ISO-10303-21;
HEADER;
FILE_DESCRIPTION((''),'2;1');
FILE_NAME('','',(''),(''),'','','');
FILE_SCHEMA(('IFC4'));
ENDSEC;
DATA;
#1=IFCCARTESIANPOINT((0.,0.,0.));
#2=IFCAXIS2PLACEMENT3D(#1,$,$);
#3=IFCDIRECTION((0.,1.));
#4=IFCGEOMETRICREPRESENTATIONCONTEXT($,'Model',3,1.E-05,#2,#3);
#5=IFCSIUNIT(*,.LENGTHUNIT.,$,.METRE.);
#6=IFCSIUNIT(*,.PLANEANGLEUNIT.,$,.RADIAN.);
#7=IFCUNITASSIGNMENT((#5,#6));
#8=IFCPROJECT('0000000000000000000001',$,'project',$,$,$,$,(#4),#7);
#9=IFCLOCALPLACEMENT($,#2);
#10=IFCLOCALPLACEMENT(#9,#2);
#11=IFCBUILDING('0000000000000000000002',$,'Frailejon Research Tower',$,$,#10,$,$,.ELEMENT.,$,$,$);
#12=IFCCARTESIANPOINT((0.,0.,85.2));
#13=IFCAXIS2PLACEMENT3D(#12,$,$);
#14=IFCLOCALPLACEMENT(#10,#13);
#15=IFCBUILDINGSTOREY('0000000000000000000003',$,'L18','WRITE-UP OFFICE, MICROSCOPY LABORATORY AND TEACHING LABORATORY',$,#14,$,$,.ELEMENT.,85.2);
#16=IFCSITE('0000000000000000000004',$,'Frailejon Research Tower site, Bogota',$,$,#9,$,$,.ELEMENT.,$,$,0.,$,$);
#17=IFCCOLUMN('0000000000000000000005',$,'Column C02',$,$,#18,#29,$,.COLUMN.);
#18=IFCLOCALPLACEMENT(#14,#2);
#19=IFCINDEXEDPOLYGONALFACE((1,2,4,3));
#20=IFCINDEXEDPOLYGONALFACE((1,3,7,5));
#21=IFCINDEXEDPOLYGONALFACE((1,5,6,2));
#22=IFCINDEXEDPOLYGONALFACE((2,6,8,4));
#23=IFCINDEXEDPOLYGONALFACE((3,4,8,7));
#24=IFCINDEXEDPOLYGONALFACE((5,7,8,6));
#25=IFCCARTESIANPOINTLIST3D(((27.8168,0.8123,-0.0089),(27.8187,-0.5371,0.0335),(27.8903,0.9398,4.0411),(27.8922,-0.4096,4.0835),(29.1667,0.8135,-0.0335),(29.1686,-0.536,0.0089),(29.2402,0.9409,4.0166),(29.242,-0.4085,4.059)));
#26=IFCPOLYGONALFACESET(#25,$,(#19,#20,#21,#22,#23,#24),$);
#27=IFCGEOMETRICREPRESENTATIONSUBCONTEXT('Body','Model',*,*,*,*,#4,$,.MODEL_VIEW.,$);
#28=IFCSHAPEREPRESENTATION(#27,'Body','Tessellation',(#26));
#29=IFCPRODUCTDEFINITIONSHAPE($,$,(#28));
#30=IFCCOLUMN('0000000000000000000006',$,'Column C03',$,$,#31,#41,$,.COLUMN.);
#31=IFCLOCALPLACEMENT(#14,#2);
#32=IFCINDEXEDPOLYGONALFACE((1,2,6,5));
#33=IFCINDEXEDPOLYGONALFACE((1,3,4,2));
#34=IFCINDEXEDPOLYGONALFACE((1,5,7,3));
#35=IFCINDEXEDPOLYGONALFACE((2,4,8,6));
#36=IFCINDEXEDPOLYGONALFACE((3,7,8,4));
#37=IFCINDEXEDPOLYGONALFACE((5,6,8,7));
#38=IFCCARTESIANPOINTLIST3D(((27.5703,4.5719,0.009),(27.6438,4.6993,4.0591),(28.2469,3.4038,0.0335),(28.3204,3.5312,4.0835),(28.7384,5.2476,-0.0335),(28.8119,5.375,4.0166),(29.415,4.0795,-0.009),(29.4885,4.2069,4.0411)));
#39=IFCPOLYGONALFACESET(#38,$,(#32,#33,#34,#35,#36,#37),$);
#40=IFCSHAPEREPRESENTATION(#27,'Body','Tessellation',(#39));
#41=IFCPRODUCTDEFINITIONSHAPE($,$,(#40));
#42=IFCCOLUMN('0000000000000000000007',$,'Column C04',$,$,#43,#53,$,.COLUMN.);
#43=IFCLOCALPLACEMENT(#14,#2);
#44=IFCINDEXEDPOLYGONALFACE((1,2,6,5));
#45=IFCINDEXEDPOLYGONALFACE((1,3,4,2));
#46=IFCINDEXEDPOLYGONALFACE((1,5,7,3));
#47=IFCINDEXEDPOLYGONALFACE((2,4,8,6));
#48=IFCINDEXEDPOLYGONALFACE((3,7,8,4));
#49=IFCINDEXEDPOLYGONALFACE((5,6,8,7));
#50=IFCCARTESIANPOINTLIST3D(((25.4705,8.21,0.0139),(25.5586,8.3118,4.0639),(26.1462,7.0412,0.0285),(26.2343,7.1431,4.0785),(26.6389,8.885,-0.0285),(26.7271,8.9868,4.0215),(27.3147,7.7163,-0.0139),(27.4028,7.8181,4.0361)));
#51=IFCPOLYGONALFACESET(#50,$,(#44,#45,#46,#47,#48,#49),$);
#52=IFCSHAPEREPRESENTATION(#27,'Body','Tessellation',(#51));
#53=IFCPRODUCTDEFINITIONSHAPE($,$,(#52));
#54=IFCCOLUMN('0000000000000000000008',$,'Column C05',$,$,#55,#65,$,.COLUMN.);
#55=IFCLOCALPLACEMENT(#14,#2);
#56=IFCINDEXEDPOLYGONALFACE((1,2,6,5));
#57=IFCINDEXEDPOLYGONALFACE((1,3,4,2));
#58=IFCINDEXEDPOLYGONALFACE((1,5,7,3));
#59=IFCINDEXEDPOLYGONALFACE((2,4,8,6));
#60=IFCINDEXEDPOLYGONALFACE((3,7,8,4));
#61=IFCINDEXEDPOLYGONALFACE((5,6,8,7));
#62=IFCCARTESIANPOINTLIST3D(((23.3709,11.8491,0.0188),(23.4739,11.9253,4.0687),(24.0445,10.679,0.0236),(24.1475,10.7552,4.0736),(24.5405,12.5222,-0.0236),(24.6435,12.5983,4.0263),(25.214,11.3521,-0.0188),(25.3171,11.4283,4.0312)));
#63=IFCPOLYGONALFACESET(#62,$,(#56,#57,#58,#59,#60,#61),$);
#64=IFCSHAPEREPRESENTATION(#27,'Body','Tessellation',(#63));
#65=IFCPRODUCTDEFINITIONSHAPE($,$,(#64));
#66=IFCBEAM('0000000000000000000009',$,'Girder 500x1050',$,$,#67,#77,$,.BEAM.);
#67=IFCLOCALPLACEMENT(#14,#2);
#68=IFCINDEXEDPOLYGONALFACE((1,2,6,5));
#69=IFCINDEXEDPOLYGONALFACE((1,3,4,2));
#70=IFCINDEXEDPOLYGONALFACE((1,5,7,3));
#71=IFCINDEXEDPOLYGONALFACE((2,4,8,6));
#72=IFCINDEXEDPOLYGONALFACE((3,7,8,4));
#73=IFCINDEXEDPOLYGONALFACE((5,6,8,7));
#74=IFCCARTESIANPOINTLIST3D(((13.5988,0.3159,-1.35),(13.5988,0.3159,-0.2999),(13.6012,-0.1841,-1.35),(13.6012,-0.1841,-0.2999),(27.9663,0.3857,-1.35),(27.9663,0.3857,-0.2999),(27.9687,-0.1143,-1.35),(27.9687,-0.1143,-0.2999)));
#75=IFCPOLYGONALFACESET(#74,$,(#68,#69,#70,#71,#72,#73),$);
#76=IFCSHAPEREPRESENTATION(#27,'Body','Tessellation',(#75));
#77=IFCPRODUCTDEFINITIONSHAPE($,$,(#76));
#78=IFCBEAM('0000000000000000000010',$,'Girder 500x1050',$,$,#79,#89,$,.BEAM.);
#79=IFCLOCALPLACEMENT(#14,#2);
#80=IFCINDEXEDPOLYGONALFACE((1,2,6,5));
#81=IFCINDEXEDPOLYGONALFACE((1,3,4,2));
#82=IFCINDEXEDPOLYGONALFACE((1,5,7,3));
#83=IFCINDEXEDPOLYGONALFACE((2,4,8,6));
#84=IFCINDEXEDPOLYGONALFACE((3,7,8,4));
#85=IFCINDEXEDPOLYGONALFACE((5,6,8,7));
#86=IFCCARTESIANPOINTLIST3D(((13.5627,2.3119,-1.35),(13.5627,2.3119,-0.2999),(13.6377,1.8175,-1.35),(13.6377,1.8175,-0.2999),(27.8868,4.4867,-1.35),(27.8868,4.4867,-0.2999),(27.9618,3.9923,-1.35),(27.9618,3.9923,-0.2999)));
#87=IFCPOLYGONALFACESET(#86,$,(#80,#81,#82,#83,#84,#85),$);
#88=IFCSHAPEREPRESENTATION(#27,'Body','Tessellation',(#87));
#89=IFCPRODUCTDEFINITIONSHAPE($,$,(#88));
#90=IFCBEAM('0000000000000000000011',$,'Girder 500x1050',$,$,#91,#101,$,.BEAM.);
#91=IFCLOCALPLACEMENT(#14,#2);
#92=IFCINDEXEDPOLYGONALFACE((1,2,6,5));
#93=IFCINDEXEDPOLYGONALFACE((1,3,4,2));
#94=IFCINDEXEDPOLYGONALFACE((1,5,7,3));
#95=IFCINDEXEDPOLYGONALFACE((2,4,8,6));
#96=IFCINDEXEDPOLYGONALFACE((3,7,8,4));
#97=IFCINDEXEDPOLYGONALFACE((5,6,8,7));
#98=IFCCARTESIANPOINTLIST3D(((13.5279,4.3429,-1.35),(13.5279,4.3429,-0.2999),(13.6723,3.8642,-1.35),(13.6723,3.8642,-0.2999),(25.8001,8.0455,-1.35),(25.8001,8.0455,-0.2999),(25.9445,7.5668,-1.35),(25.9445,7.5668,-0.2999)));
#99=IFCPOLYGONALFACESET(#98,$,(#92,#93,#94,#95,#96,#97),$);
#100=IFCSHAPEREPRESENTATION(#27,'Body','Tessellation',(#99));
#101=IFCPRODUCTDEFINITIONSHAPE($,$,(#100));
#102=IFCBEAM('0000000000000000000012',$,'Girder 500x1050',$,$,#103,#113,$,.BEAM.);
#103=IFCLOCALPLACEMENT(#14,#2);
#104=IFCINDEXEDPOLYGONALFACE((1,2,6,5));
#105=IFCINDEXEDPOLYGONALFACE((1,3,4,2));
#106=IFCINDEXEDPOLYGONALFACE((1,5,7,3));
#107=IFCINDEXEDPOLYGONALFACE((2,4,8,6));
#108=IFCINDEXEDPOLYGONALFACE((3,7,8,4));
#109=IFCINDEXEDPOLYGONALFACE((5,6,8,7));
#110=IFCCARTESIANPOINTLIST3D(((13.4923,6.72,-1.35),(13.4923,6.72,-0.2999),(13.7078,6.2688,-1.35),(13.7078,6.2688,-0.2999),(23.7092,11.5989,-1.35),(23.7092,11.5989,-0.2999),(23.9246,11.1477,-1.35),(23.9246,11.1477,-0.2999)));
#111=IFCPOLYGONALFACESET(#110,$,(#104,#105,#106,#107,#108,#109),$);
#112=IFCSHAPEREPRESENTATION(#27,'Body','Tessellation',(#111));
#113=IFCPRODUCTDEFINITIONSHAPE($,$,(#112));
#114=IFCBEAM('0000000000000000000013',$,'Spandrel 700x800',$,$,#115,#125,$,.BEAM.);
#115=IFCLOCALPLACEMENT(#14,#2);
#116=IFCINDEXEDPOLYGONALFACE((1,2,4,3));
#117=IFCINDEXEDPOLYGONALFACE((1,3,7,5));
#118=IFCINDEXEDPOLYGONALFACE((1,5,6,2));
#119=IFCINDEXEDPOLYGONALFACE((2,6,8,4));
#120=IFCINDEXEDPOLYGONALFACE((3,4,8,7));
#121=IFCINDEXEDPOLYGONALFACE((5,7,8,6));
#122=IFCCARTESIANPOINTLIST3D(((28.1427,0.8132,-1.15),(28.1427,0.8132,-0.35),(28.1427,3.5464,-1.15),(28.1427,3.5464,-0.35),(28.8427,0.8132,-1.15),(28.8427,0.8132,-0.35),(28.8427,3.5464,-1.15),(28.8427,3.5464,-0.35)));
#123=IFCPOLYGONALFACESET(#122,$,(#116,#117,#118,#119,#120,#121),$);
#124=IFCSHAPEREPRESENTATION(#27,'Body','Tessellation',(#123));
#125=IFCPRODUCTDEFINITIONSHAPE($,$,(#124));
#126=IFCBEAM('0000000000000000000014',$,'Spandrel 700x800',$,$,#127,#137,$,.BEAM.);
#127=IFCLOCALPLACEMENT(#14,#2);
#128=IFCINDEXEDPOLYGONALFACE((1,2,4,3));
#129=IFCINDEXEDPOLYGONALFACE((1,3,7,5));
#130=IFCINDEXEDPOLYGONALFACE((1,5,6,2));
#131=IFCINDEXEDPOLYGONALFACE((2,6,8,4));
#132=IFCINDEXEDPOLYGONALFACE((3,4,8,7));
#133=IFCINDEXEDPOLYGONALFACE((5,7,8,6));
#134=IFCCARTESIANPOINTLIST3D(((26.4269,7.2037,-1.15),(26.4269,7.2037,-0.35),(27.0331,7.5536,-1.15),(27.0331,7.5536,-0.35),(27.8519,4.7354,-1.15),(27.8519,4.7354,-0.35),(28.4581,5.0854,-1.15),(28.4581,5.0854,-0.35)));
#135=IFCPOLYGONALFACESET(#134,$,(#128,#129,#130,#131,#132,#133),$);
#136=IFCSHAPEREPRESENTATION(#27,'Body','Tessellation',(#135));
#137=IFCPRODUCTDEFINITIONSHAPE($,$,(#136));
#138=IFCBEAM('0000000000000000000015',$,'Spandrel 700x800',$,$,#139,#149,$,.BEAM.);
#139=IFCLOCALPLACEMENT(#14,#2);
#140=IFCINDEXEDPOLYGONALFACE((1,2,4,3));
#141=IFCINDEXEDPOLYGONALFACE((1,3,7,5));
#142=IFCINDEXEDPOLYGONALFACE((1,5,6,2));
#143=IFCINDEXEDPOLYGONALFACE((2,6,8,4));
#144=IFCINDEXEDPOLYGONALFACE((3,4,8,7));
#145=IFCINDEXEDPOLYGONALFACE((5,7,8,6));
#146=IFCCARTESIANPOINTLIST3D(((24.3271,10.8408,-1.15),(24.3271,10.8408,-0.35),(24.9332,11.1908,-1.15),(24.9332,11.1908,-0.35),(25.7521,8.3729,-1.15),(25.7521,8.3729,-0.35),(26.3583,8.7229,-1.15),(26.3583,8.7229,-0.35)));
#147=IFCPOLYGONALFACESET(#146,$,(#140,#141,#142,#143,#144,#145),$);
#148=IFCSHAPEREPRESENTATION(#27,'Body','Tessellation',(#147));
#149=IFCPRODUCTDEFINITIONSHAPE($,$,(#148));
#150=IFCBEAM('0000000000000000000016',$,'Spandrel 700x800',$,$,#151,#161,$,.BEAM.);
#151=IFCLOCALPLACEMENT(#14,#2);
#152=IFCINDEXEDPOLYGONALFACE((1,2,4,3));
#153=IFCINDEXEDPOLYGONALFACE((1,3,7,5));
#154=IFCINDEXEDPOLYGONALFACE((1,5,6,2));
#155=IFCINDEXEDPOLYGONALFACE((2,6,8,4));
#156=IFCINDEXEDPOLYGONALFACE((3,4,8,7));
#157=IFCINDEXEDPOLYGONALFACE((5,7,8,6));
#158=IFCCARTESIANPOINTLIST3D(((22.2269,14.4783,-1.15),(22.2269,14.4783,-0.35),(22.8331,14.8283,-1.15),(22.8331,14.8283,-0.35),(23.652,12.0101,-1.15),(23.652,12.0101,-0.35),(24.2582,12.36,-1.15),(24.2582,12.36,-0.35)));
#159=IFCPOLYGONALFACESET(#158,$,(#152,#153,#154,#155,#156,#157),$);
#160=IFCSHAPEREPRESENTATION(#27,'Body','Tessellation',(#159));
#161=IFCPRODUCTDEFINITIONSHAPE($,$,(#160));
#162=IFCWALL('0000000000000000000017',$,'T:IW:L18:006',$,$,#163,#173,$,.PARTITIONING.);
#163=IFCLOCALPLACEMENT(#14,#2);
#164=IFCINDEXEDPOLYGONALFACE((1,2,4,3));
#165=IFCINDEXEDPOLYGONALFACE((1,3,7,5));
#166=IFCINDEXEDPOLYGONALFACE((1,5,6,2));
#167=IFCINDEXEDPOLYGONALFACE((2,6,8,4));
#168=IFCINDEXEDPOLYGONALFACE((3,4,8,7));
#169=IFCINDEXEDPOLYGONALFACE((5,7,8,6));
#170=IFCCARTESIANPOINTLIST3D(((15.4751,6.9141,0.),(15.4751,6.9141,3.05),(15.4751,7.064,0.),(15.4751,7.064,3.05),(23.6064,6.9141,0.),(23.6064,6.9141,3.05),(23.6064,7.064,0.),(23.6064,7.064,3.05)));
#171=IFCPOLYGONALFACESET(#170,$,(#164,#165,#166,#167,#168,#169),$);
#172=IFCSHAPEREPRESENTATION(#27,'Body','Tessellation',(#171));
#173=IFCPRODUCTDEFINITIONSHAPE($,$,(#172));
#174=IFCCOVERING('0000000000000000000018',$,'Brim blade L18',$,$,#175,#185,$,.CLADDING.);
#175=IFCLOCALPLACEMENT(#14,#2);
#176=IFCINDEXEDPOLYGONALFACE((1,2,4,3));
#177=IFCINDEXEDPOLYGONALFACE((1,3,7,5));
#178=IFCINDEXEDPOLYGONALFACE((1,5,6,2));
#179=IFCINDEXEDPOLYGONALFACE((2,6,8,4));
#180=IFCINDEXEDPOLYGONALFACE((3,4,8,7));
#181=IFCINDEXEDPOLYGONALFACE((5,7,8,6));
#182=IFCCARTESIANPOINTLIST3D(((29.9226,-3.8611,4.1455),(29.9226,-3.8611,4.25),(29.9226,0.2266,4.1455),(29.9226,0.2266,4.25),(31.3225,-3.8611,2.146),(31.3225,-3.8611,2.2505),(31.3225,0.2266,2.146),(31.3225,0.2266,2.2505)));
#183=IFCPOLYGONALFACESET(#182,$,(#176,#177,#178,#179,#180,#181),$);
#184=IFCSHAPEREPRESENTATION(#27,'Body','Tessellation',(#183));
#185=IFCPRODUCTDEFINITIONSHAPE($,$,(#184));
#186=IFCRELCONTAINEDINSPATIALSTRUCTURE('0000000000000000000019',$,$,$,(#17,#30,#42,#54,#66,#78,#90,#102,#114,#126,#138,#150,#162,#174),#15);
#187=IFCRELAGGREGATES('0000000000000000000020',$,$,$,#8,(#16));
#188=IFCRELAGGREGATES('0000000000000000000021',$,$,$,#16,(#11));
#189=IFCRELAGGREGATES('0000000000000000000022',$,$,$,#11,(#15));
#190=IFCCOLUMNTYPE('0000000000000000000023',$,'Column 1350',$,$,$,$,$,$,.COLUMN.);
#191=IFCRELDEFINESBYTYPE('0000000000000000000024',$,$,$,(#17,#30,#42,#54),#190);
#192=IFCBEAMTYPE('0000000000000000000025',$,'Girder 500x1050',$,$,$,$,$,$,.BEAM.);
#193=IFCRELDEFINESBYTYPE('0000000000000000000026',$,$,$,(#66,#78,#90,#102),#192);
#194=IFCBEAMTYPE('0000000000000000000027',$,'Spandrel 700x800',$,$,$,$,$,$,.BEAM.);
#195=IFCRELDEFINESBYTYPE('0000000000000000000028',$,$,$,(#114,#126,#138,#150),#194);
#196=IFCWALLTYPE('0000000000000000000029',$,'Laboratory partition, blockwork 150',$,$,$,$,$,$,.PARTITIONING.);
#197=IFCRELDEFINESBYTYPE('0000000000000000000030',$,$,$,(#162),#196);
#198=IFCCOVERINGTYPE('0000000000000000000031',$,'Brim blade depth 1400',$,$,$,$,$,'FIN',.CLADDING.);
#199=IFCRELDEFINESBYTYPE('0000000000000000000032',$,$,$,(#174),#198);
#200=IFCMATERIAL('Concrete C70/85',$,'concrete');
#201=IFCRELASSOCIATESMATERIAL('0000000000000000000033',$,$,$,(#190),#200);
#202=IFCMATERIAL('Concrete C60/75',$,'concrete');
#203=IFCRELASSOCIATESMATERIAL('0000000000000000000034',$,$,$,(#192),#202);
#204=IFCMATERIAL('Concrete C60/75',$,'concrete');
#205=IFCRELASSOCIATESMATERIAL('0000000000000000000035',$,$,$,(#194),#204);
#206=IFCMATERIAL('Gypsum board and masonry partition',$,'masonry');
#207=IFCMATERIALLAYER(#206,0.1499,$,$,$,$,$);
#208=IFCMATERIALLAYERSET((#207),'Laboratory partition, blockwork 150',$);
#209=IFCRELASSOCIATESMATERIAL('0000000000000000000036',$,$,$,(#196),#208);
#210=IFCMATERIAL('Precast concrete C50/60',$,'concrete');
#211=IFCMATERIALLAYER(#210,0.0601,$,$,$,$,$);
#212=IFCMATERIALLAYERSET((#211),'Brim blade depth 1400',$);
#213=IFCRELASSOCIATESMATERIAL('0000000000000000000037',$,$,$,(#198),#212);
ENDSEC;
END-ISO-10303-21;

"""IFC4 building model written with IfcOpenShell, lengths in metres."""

from ifc_helpers import new_model, si_unit, direction, frame, frame_2d, origin, origin_2d, place, context, subcontext, project, spatial, polyline, rectangle, outline, extrude, material, layer, layer_set, material_profile, profile_set, type_object, element, save


model = new_model("IFC4")

# Units and contexts
model_context = context("Model", 3, precision=1e-05, world=origin(), true_north=direction((0.0, 1.0)))
body_context = subcontext(model_context, "Body", "Model", "MODEL_VIEW")
ifc_project = project(units=[si_unit("LENGTHUNIT", "METRE"), si_unit("PLANEANGLEUNIT", "RADIAN")], contexts=[model_context])

# Site, building, storey
site_placement = place(None, origin())
site = spatial("IfcSite", under=ifc_project, at=site_placement, Name="Frailejon Research Tower site, Bogota", CompositionType="ELEMENT", RefElevation=0.0)
building_placement = place(site_placement, origin())
building = spatial("IfcBuilding", under=site, at=building_placement, Name="Frailejon Research Tower", CompositionType="ELEMENT")
storey_placement = place(building_placement, frame((0.0, 0.0, 85.2)))
storey = spatial("IfcBuildingStorey", under=building, at=storey_placement, Name="L18", Description="WRITE-UP OFFICE, MICROSCOPY LABORATORY AND TEACHING LABORATORY", CompositionType="ELEMENT", Elevation=85.2)

# Columns
ifc_material_1 = material(Name="Concrete C70/85", Category="concrete")
ifc_material_profile_1 = material_profile(ifc_material_1, rectangle(XDim=1.3501, YDim=1.3501, at=origin_2d()), Name="Column 1350")
ifc_profile_set_1 = profile_set([ifc_material_profile_1], Name="Concrete C70/85")
column_type = type_object("IfcColumnType", Name="Column 1350", PredefinedType="COLUMN", material=ifc_profile_set_1)
for number, where, z_axis, x_axis, name in (
    (1, (28.4927, 0.1382, 0.0), (0.018133, 0.031446, 0.999341), (-0.001396, 0.999505, -0.031426), "Column C02"),
    (2, (28.4927, 4.3257, 0.0), (0.018133, 0.031446, 0.999341), (-0.501126, 0.865184, -0.018132), "Column C03"),
):
    element("IfcColumn", number, at=place(storey_placement, frame(where, z_axis=z_axis, x_axis=x_axis)), inside=storey, type_object=column_type, Name=name, PredefinedType="COLUMN", context=body_context, shape_type="SweptSolid", body=[
        extrude(rectangle(XDim=1.3501, YDim=1.3501, at=origin_2d()), origin(), (0.0, 0.0, 1.0), 4.0527),
    ])
column_1_placement = place(storey_placement, frame((26.3926, 7.9631, 0.0), z_axis=(0.021749, 0.025123, 0.999448), x_axis=(-0.500502, 0.865667, -0.010869)))
element("IfcColumn", 3, at=column_1_placement, inside=storey, type_object=column_type, Name="Column C04", PredefinedType="COLUMN", context=body_context, shape_type="SweptSolid", body=[
    extrude(rectangle(XDim=1.3501, YDim=1.3501, at=origin_2d()), origin(), (0.0, 0.0, 1.0), 4.0522),
])
column_2_placement = place(storey_placement, frame((24.2925, 11.6006, 0.0), z_axis=(0.025426, 0.018798, 0.9995), x_axis=(-0.498883, 0.866662, -0.003609)))
element("IfcColumn", 4, at=column_2_placement, inside=storey, type_object=column_type, Name="Column C05", PredefinedType="COLUMN", context=body_context, shape_type="SweptSolid", body=[
    extrude(rectangle(XDim=1.3501, YDim=1.3501, at=origin_2d()), origin(), (0.0, 0.0, 1.0), 4.052),
])

# Beams
ifc_material_2 = material(Name="Concrete C60/75", Category="concrete")
ifc_material_profile_2 = material_profile(ifc_material_2, rectangle(XDim=0.5, YDim=1.05, at=origin_2d()), Name="Girder 500x1050")
ifc_profile_set_2 = profile_set([ifc_material_profile_2], Name="Concrete C60/75")
beam_type_1 = type_object("IfcBeamType", Name="Girder 500x1050", PredefinedType="BEAM", material=ifc_profile_set_2)
beam_1_placement = place(storey_placement, frame((27.9675, 0.1357, -0.825), z_axis=(-0.999988, -0.00486, 0.0), x_axis=(0.00486, -0.999988, 0.0)))
element("IfcBeam", 5, at=beam_1_placement, inside=storey, type_object=beam_type_1, Name="Girder 500x1050", PredefinedType="BEAM", context=body_context, shape_type="SweptSolid", body=[
    extrude(rectangle(XDim=0.5, YDim=1.05, at=origin_2d()), origin(), (0.0, 0.0, 1.0), 14.3677),
])
beam_2_placement = place(storey_placement, frame((27.9243, 4.2395, -0.825), z_axis=(-0.98867, -0.150107, 0.0), x_axis=(0.150107, -0.98867, 0.0)))
element("IfcBeam", 6, at=beam_2_placement, inside=storey, type_object=beam_type_1, Name="Girder 500x1050", PredefinedType="BEAM", context=body_context, shape_type="SweptSolid", body=[
    extrude(rectangle(XDim=0.5, YDim=1.05, at=origin_2d()), origin(), (0.0, 0.0, 1.0), 14.4883),
])
beam_3_placement = place(storey_placement, frame((25.8723, 7.8062, -0.825), z_axis=(-0.957375, -0.288848, 0.0), x_axis=(0.288848, -0.957375, 0.0)))
element("IfcBeam", 7, at=beam_3_placement, inside=storey, type_object=beam_type_1, Name="Girder 500x1050", PredefinedType="BEAM", context=body_context, shape_type="SweptSolid", body=[
    extrude(rectangle(XDim=0.5, YDim=1.05, at=origin_2d()), origin(), (0.0, 0.0, 1.0), 12.8186),
])
beam_4_placement = place(storey_placement, frame((23.8169, 11.3733, -0.825), z_axis=(-0.902388, -0.430924, 0.0), x_axis=(0.430924, -0.902388, 0.0)))
element("IfcBeam", 8, at=beam_4_placement, inside=storey, type_object=beam_type_1, Name="Girder 500x1050", PredefinedType="BEAM", context=body_context, shape_type="SweptSolid", body=[
    extrude(rectangle(XDim=0.5, YDim=1.05, at=origin_2d()), origin(), (0.0, 0.0, 1.0), 11.322),
])
ifc_material_3 = material(Name="Concrete C60/75", Category="concrete")
ifc_material_profile_3 = material_profile(ifc_material_3, rectangle(XDim=0.7, YDim=0.8, at=origin_2d()), Name="Spandrel 700x800")
ifc_profile_set_3 = profile_set([ifc_material_profile_3], Name="Concrete C60/75")
beam_type_2 = type_object("IfcBeamType", Name="Spandrel 700x800", PredefinedType="BEAM", material=ifc_profile_set_3)
beam_5_placement = place(storey_placement, frame((28.4927, 0.8132, -0.75), z_axis=(0.0, 1.0, 0.0), x_axis=(-1.0, 0.0, 0.0)))
element("IfcBeam", 9, at=beam_5_placement, inside=storey, type_object=beam_type_2, Name="Spandrel 700x800", PredefinedType="BEAM", context=body_context, shape_type="SweptSolid", body=[
    extrude(rectangle(XDim=0.7, YDim=0.8, at=origin_2d()), origin(), (0.0, 0.0, 1.0), 2.7332),
])
beam_6_placement = place(storey_placement, frame((28.155, 4.9104, -0.75), z_axis=(-0.499999, 0.866026, 0.0), x_axis=(-0.866026, -0.499999, 0.0)))
element("IfcBeam", 10, at=beam_6_placement, inside=storey, type_object=beam_type_2, Name="Spandrel 700x800", PredefinedType="BEAM", context=body_context, shape_type="SweptSolid", body=[
    extrude(rectangle(XDim=0.7, YDim=0.8, at=origin_2d()), origin(), (0.0, 0.0, 1.0), 2.8501),
])
beam_7_placement = place(storey_placement, frame((26.0552, 8.5479, -0.75), z_axis=(-0.500036, 0.866004, 0.0), x_axis=(-0.866004, -0.500036, 0.0)))
element("IfcBeam", 11, at=beam_7_placement, inside=storey, type_object=beam_type_2, Name="Spandrel 700x800", PredefinedType="BEAM", context=body_context, shape_type="SweptSolid", body=[
    extrude(rectangle(XDim=0.7, YDim=0.8, at=origin_2d()), origin(), (0.0, 0.0, 1.0), 2.8499),
])
beam_8_placement = place(storey_placement, frame((23.9551, 12.1851, -0.75), z_axis=(-0.499999, 0.866026, 0.0), x_axis=(-0.866026, -0.499999, 0.0)))
element("IfcBeam", 12, at=beam_8_placement, inside=storey, type_object=beam_type_2, Name="Spandrel 700x800", PredefinedType="BEAM", context=body_context, shape_type="SweptSolid", body=[
    extrude(rectangle(XDim=0.7, YDim=0.8, at=origin_2d()), origin(), (0.0, 0.0, 1.0), 2.8501),
])

# Wall
ifc_material_4 = material(Name="Gypsum board and masonry partition", Category="masonry")
ifc_layer_1 = layer(ifc_material_4, 0.1499)
ifc_layer_set_1 = layer_set([ifc_layer_1], Name="Laboratory partition, blockwork 150")
wall_type_1 = type_object("IfcWallType", Name="Laboratory partition, blockwork 150", PredefinedType="PARTITIONING", material=ifc_layer_set_1)
wall_1_placement = place(storey_placement, frame((15.4751, 6.989, 0.0), z_axis=(0.0, 0.0, 1.0), x_axis=(1.0, 0.0, 0.0)))
element("IfcWall", 13, at=wall_1_placement, inside=storey, type_object=wall_type_1, Name="T:IW:L18:006", PredefinedType="PARTITIONING", context=body_context, shape_type="SweptSolid", body=[
    extrude(rectangle(XDim=8.1313, YDim=0.1499, at=frame_2d((4.0657, 0.0))), origin(), (0.0, 0.0, 1.0), 3.05),
])

# Covering
ifc_material_5 = material(Name="Precast concrete C50/60", Category="concrete")
ifc_layer_2 = layer(ifc_material_5, 0.0601)
ifc_layer_set_2 = layer_set([ifc_layer_2], Name="Brim blade depth 1400")
covering_type = type_object("IfcCoveringType", Name="Brim blade depth 1400", ElementType="FIN", PredefinedType="CLADDING", material=ifc_layer_set_2)
covering_1_placement = place(storey_placement, frame((29.9226, 0.2266, 4.25), z_axis=(0.0, -1.0, 0.0), x_axis=(1.0, 0.0, 0.0)))
element("IfcCovering", 14, at=covering_1_placement, inside=storey, type_object=covering_type, Name="Brim blade L18", PredefinedType="CLADDING", context=body_context, shape_type="SweptSolid", body=[
    extrude(outline(polyline([(0.0, -0.1045), (1.3999, -2.104), (1.3999, -1.9995), (0.0, 0.0), (0.0, -0.1045)])), origin(), (0.0, 0.0, 1.0), 4.0876),
])

save(model, "model.ifc")
